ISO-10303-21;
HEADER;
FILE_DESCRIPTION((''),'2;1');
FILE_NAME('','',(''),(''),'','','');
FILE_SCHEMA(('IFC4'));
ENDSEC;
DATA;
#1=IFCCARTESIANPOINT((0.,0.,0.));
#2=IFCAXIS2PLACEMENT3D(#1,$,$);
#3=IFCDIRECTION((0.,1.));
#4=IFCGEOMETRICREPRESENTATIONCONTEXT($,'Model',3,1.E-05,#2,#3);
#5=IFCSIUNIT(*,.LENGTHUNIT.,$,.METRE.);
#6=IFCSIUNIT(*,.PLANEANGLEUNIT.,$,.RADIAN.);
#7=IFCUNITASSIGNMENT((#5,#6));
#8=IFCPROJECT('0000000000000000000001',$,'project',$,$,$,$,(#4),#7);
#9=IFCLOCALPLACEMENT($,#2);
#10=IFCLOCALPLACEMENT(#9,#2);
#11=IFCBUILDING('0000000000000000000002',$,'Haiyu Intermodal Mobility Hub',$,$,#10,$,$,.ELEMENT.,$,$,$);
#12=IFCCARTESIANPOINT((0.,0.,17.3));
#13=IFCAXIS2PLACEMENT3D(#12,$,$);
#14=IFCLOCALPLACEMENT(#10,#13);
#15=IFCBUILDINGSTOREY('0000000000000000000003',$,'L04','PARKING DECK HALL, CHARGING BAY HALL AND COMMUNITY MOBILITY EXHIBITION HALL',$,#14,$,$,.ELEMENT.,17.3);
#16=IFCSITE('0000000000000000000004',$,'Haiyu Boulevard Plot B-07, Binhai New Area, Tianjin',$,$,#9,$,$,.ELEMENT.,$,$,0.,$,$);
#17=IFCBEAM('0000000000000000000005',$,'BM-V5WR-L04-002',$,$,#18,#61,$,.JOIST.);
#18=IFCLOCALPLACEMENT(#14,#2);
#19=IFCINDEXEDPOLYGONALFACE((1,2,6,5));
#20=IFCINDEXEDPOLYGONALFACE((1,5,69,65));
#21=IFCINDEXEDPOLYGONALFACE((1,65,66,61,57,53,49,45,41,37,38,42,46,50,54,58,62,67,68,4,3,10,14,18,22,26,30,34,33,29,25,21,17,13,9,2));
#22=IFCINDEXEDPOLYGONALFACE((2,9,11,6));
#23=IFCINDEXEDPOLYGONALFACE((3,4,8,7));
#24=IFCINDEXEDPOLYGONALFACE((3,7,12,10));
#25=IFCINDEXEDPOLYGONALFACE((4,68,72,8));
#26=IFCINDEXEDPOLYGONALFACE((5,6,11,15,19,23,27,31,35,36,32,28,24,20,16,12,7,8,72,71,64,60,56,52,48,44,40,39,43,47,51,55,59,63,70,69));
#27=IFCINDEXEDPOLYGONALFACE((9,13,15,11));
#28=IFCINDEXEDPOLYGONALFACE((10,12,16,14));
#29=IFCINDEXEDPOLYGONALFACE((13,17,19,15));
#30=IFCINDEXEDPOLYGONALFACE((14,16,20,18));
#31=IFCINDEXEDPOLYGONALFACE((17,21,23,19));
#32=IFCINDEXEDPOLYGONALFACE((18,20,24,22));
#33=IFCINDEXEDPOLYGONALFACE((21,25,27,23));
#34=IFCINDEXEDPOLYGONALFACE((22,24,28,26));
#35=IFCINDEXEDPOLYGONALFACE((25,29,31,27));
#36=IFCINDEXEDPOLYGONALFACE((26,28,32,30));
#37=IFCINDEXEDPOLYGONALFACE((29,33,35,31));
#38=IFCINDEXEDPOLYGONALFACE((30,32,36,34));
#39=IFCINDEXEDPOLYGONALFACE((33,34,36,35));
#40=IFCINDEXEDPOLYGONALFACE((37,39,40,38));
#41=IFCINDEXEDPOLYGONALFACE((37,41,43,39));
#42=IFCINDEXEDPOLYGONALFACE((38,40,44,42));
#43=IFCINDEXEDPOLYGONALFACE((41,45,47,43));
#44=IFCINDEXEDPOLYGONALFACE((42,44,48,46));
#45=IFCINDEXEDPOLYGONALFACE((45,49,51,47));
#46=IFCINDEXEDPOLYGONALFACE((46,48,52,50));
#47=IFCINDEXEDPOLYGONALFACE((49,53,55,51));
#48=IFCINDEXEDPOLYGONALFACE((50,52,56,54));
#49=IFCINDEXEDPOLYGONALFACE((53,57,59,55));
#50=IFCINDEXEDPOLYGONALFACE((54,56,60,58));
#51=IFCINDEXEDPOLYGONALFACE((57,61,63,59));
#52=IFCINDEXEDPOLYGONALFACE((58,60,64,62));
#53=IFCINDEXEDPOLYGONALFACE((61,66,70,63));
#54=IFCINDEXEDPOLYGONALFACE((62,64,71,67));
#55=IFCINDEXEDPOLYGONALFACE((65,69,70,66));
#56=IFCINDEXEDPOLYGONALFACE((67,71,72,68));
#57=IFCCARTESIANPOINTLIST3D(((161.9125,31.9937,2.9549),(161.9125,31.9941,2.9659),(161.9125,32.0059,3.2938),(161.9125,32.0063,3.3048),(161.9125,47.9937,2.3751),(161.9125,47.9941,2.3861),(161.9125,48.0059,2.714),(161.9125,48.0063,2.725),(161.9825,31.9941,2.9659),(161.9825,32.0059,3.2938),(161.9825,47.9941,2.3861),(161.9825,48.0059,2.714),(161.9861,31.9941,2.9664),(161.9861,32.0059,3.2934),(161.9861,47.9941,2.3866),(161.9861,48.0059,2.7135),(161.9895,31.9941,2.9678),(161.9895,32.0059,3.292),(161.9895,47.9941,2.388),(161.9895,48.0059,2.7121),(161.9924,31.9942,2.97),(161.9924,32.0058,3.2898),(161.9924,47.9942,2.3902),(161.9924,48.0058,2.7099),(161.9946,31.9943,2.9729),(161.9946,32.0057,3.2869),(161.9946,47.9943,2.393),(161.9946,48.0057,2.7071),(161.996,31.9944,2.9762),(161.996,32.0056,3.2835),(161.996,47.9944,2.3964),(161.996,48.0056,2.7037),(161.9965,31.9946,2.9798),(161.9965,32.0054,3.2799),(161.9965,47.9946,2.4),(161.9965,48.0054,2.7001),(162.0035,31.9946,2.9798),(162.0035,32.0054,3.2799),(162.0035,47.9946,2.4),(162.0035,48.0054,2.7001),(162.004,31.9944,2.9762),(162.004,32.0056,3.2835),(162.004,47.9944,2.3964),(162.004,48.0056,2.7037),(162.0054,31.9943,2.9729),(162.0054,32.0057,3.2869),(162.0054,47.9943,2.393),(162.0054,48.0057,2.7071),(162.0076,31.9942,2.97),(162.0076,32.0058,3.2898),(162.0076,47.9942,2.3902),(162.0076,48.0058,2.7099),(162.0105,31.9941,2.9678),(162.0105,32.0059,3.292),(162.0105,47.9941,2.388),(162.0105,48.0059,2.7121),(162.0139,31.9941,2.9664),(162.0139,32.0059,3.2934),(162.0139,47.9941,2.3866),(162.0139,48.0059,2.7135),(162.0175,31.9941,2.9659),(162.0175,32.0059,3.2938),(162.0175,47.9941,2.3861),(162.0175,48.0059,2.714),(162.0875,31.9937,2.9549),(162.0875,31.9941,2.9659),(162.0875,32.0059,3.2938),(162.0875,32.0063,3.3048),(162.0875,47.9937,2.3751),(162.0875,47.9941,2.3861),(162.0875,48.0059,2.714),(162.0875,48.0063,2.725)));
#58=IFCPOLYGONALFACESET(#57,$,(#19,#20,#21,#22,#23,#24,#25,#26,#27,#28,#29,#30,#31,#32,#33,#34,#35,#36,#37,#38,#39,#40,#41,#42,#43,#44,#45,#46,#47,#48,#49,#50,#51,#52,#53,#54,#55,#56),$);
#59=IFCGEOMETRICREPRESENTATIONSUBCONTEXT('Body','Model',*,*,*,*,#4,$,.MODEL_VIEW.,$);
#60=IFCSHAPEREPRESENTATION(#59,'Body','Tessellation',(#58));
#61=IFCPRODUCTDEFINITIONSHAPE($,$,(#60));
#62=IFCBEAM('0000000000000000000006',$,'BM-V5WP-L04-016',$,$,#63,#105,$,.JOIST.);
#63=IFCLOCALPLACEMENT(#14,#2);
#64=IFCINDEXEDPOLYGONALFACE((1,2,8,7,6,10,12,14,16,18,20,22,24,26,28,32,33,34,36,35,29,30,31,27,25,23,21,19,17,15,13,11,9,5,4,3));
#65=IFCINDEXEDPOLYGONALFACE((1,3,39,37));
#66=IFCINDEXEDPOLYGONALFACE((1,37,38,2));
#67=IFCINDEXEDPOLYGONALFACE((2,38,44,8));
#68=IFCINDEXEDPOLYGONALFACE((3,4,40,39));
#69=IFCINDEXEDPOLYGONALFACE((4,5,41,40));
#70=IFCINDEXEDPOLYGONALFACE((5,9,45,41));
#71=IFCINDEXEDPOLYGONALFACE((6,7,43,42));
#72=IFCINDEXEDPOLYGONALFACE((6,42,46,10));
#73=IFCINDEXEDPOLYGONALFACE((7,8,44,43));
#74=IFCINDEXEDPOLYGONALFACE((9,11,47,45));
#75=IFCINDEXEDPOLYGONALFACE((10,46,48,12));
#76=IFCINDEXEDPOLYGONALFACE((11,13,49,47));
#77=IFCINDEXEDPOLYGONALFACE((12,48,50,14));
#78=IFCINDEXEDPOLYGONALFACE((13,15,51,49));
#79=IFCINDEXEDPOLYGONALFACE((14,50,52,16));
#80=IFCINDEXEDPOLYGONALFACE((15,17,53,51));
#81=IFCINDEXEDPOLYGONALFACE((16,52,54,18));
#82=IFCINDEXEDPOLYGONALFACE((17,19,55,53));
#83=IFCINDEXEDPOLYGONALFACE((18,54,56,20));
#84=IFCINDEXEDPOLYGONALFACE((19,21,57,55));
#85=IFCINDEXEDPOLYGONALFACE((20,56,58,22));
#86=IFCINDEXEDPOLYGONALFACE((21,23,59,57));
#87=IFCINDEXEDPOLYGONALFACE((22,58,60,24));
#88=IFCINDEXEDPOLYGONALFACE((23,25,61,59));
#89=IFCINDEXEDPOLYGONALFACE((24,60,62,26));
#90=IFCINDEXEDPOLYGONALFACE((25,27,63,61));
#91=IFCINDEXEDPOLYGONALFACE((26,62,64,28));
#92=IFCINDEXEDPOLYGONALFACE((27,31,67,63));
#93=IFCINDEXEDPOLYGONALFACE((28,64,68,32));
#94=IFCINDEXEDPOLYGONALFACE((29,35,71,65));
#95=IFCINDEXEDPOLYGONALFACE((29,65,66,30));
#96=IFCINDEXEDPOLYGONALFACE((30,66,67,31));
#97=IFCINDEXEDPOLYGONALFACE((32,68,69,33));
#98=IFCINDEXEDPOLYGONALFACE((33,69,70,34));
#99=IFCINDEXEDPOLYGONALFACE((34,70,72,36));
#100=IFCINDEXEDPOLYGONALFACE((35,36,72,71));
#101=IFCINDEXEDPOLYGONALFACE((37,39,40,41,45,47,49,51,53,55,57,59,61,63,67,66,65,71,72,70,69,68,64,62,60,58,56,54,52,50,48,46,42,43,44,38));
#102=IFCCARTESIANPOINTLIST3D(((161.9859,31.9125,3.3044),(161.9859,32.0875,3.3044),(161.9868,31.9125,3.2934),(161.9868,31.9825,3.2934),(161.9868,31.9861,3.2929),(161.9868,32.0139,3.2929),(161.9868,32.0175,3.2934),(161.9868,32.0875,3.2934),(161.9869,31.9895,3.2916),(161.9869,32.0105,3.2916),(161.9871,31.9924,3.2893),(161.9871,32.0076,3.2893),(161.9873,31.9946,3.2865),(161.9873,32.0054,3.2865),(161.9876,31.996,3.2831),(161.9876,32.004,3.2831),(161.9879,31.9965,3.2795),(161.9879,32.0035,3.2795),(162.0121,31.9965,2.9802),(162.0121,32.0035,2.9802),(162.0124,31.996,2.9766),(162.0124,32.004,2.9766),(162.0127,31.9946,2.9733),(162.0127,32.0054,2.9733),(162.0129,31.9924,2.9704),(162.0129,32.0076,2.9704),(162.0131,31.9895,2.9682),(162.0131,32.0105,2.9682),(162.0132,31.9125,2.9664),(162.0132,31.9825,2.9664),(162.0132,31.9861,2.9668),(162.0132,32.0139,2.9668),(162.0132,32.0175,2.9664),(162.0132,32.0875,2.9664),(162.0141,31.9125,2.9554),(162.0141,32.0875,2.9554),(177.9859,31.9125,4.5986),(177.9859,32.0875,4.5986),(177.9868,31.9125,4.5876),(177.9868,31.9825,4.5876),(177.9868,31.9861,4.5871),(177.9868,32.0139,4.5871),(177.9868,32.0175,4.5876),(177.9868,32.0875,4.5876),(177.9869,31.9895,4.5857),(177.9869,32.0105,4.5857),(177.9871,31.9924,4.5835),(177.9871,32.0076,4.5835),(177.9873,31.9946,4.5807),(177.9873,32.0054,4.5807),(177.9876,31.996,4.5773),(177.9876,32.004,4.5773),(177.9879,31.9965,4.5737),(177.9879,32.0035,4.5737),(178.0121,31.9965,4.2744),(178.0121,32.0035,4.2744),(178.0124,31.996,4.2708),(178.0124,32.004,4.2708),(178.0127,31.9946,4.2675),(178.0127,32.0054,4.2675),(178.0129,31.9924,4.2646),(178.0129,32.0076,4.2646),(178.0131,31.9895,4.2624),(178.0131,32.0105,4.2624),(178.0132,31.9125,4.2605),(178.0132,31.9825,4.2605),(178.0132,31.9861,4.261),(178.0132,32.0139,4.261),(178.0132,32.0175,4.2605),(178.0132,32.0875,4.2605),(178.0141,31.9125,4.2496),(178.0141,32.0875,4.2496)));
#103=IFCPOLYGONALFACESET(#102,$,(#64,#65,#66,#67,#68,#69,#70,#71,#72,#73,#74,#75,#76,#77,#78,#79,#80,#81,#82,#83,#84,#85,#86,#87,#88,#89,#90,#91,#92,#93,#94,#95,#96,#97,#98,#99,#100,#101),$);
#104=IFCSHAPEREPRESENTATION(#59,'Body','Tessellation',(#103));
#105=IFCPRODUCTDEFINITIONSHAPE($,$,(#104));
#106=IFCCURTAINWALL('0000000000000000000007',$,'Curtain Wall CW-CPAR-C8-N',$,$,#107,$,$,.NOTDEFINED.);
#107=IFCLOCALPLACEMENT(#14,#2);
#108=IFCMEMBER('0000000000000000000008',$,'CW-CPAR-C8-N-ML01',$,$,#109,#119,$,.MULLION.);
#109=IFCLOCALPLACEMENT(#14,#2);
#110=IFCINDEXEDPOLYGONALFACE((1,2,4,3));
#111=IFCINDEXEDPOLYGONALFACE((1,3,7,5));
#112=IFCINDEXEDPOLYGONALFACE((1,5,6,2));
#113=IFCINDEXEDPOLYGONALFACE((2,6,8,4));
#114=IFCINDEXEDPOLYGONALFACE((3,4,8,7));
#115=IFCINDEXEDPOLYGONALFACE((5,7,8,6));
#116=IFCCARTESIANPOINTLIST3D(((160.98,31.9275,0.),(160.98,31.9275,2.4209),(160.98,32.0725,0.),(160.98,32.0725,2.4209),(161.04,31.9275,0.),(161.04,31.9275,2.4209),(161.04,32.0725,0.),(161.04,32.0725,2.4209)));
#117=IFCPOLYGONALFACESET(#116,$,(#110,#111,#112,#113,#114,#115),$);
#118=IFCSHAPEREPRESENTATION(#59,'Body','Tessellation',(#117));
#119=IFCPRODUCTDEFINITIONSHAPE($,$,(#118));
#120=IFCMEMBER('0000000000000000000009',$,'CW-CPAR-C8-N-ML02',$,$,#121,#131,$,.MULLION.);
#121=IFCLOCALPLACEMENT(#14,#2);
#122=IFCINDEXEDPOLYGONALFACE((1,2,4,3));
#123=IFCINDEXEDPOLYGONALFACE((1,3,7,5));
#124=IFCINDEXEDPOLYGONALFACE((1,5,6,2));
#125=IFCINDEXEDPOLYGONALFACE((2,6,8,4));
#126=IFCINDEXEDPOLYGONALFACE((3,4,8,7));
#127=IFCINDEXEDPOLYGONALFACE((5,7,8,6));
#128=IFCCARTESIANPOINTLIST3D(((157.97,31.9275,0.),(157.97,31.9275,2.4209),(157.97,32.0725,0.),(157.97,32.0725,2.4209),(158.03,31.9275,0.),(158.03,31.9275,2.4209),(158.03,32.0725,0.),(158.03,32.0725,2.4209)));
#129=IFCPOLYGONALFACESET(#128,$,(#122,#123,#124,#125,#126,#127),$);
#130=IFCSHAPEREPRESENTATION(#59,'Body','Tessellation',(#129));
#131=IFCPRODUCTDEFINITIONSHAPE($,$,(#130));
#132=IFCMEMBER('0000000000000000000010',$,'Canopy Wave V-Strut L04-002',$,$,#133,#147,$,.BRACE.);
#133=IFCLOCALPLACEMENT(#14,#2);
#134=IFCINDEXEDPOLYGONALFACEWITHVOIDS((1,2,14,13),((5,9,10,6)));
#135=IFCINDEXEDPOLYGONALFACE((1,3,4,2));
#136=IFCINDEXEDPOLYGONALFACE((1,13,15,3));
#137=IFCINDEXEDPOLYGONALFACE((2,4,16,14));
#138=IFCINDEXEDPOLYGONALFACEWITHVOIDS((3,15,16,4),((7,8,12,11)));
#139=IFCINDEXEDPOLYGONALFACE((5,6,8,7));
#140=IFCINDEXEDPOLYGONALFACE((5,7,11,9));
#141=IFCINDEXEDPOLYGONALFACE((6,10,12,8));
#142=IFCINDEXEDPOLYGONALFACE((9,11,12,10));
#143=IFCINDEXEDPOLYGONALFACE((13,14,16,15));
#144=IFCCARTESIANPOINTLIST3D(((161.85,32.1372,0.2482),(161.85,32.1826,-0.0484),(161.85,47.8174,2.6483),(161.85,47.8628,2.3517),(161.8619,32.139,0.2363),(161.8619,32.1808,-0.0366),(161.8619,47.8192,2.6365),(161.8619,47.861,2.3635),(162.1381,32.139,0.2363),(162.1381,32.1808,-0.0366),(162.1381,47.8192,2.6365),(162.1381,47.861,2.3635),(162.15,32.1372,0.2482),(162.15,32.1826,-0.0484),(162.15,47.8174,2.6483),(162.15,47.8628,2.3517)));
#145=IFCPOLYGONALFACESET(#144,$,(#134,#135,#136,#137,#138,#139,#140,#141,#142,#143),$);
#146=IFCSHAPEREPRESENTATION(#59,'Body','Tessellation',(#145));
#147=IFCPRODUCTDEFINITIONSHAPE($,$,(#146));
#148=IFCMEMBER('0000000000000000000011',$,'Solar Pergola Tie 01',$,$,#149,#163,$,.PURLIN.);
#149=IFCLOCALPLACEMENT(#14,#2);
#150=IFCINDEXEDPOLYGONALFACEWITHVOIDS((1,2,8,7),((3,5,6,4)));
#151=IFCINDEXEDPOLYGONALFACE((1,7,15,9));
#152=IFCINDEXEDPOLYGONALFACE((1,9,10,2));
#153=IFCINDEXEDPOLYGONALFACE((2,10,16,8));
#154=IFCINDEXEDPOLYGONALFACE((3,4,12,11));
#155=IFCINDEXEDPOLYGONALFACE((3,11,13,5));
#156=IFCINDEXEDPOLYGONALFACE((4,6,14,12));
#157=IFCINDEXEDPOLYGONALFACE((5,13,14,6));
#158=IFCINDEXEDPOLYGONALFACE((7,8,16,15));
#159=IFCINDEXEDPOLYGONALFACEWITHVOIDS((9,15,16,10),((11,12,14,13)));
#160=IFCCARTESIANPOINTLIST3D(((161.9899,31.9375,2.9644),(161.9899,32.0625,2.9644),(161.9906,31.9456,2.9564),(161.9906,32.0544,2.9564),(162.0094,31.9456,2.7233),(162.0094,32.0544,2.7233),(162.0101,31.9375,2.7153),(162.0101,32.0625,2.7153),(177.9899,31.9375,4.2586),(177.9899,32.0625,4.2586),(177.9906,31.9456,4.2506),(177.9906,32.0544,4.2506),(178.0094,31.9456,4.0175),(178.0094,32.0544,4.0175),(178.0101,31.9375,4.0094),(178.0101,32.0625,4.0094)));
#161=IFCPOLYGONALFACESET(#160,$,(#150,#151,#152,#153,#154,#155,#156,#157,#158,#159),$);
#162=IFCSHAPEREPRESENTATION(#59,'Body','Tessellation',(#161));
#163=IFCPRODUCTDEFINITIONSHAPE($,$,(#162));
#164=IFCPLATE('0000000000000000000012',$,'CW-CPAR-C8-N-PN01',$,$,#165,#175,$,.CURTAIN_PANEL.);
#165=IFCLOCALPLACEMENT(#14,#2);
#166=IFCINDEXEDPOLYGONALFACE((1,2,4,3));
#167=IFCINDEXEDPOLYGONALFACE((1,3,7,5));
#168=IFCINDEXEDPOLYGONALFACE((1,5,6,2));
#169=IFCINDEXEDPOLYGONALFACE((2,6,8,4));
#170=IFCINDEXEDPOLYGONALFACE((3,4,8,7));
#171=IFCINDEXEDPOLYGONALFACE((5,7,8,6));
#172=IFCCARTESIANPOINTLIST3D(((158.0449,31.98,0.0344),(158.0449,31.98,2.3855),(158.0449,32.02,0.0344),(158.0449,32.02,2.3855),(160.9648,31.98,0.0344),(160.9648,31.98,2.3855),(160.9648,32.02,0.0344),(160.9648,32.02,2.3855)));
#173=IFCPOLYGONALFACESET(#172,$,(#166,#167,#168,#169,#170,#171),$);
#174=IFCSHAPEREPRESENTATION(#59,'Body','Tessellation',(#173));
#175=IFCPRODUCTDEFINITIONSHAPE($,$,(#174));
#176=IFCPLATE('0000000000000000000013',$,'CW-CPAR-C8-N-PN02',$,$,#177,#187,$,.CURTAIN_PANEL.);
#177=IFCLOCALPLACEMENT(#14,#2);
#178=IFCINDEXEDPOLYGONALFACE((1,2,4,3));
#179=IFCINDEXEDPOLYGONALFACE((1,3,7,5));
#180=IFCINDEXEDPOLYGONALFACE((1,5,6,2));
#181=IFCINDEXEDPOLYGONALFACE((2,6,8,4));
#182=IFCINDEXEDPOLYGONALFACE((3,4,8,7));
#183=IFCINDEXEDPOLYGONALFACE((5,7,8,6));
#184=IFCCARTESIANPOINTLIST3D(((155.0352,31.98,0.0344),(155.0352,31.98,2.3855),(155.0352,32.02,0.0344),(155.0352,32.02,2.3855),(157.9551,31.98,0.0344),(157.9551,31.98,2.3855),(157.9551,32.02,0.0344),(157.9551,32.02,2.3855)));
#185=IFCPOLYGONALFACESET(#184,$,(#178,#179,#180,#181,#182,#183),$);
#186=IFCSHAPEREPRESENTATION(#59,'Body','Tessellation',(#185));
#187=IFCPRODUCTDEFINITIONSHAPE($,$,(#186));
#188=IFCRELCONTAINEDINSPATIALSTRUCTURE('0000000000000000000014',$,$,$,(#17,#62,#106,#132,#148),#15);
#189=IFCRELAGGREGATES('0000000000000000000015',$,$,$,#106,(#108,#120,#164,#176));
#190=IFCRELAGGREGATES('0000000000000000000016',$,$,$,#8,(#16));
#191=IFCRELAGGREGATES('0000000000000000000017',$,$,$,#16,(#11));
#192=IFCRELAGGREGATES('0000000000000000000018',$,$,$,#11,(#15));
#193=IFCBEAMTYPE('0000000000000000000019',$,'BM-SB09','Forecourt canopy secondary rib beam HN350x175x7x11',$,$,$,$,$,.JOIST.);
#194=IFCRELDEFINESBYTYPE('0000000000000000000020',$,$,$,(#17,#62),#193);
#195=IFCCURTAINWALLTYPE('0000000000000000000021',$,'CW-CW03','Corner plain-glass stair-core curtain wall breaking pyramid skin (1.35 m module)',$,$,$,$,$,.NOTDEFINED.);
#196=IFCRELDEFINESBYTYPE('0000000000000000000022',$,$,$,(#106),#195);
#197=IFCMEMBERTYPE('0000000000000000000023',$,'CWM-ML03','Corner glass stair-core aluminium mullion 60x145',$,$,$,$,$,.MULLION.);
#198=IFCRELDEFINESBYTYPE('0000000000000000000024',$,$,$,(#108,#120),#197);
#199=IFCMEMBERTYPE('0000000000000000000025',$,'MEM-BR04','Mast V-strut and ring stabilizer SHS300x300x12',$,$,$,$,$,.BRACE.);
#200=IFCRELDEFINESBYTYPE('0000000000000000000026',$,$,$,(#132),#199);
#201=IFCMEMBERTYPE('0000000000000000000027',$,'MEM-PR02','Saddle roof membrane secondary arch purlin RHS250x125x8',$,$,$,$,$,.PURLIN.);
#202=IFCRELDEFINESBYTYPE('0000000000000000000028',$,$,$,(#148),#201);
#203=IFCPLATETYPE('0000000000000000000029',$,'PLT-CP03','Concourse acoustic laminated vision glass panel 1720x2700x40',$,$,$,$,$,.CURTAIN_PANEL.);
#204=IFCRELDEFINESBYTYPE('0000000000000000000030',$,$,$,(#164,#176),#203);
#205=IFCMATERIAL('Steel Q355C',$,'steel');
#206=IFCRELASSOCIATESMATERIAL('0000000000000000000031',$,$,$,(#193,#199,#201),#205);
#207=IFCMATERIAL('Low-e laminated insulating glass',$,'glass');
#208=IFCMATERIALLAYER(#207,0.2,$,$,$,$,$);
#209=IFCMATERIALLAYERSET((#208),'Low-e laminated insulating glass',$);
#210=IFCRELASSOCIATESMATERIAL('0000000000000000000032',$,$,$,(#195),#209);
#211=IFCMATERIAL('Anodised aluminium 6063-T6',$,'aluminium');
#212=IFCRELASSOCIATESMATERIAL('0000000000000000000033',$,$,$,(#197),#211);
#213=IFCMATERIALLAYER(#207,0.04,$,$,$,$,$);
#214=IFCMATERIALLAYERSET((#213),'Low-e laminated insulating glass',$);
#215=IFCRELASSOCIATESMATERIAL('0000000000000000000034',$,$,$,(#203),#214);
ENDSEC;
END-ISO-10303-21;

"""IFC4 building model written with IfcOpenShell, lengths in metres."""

from ifc_helpers import new_model, si_unit, direction, frame, origin, origin_2d, place, context, subcontext, project, spatial, rectangle, hollow_rectangle, i_section, extrude, material, layer, layer_set, material_profile, profile_set, type_object, element, aggregate, save


model = new_model("IFC4")

# Units and contexts
model_context = context("Model", 3, precision=1e-05, world=origin(), true_north=direction((0.0, 1.0)))
body_context = subcontext(model_context, "Body", "Model", "MODEL_VIEW")
ifc_project = project(units=[si_unit("LENGTHUNIT", "METRE"), si_unit("PLANEANGLEUNIT", "RADIAN")], contexts=[model_context])

# Site, building, storey
site_placement = place(None, origin())
site = spatial("IfcSite", under=ifc_project, at=site_placement, Name="Haiyu Boulevard Plot B-07, Binhai New Area, Tianjin", CompositionType="ELEMENT", RefElevation=0.0)
building_placement = place(site_placement, origin())
building = spatial("IfcBuilding", under=site, at=building_placement, Name="Haiyu Intermodal Mobility Hub", CompositionType="ELEMENT")
storey_placement = place(building_placement, frame((0.0, 0.0, 17.3)))
storey = spatial("IfcBuildingStorey", under=building, at=storey_placement, Name="L04", Description="PARKING DECK HALL, CHARGING BAY HALL AND COMMUNITY MOBILITY EXHIBITION HALL", CompositionType="ELEMENT", Elevation=17.3)

# Shared definitions
ifc_material_1 = material(Name="Steel Q355C", Category="steel")

# Beams
ifc_material_profile_1 = material_profile(ifc_material_1, i_section(OverallWidth=0.175, OverallDepth=0.3501, WebThickness=0.0071, FlangeThickness=0.011, FilletRadius=0.0139, at=origin_2d()), Name="HN350x175x7x11")
ifc_profile_set_1 = profile_set([ifc_material_profile_1], Name="Steel Q355C")
beam_type_1 = type_object("IfcBeamType", Name="BM-SB09", Description="Forecourt canopy secondary rib beam HN350x175x7x11", PredefinedType="JOIST", material=ifc_profile_set_1)
beam_1_placement = place(storey_placement, frame((162.0, 32.0, 3.1299), z_axis=(0.0, 0.999344, -0.036216), x_axis=(-1.0, 0.0, 0.0)))
element("IfcBeam", 1, at=beam_1_placement, inside=storey, type_object=beam_type_1, Name="BM-V5WR-L04-002", PredefinedType="JOIST", context=body_context, shape_type="SweptSolid", body=[
    extrude(i_section(OverallWidth=0.175, OverallDepth=0.3501, WebThickness=0.0071, FlangeThickness=0.011, FilletRadius=0.0139, at=origin_2d()), origin(), (0.0, 0.0, 1.0), 16.0105),
])
beam_2_placement = place(storey_placement, frame((162.0, 32.0, 3.1299), z_axis=(0.996745, 0.0, 0.080624), x_axis=(0.0, 1.0, 0.0)))
element("IfcBeam", 2, at=beam_2_placement, inside=storey, type_object=beam_type_1, Name="BM-V5WP-L04-016", PredefinedType="JOIST", context=body_context, shape_type="SweptSolid", body=[
    extrude(i_section(OverallWidth=0.175, OverallDepth=0.3501, WebThickness=0.0071, FlangeThickness=0.011, FilletRadius=0.0139, at=origin_2d()), origin(), (0.0, 0.0, 1.0), 16.0522),
])

# Curtain wall, members
ifc_material_2 = material(Name="Low-e laminated insulating glass", Category="glass")
ifc_layer_1 = layer(ifc_material_2, 0.2)
ifc_layer_set_1 = layer_set([ifc_layer_1], Name="Low-e laminated insulating glass")
curtain_wall_type = type_object("IfcCurtainWallType", Name="CW-CW03", Description="Corner plain-glass stair-core curtain wall breaking pyramid skin (1.35 m module)", PredefinedType="NOTDEFINED", material=ifc_layer_set_1)
curtain_wall_placement = place(storey_placement, origin())
curtain_wall = element("IfcCurtainWall", 3, at=curtain_wall_placement, inside=storey, type_object=curtain_wall_type, Name="Curtain Wall CW-CPAR-C8-N", PredefinedType="NOTDEFINED")
ifc_material_3 = material(Name="Anodised aluminium 6063-T6", Category="aluminium")
ifc_material_profile_2 = material_profile(ifc_material_3, rectangle(XDim=0.0601, YDim=0.145, at=origin_2d()), Name="ALU60x145")
ifc_profile_set_2 = profile_set([ifc_material_profile_2], Name="Anodised aluminium 6063-T6")
member_type_1 = type_object("IfcMemberType", Name="CWM-ML03", Description="Corner glass stair-core aluminium mullion 60x145", PredefinedType="MULLION", material=ifc_profile_set_2)
member_1_placement = place(storey_placement, frame((161.01, 32.0, 0.0), z_axis=(0.0, 0.0, 1.0), x_axis=(1.0, 0.0, 0.0)))
member_1 = element("IfcMember", 4, at=member_1_placement, type_object=member_type_1, Name="CW-CPAR-C8-N-ML01", PredefinedType="MULLION", context=body_context, shape_type="SweptSolid", body=[
    extrude(rectangle(XDim=0.0601, YDim=0.145, at=origin_2d()), origin(), (0.0, 0.0, 1.0), 2.4209),
])
member_2_placement = place(storey_placement, frame((158.0, 32.0, 0.0), z_axis=(0.0, 0.0, 1.0), x_axis=(1.0, 0.0, 0.0)))
member_2 = element("IfcMember", 5, at=member_2_placement, type_object=member_type_1, Name="CW-CPAR-C8-N-ML02", PredefinedType="MULLION", context=body_context, shape_type="SweptSolid", body=[
    extrude(rectangle(XDim=0.0601, YDim=0.145, at=origin_2d()), origin(), (0.0, 0.0, 1.0), 2.4209),
])

# Members
ifc_material_profile_3 = material_profile(ifc_material_1, hollow_rectangle(XDim=0.3, YDim=0.3, WallThickness=0.012, at=origin_2d()), Name="SHS300x300x12")
ifc_profile_set_3 = profile_set([ifc_material_profile_3], Name="Steel Q355C")
member_type_2 = type_object("IfcMemberType", Name="MEM-BR04", Description="Mast V-strut and ring stabilizer SHS300x300x12", PredefinedType="BRACE", material=ifc_profile_set_3)
member_3_placement = place(storey_placement, frame((162.0, 32.1599, 0.0999), z_axis=(0.0, 0.988487, 0.151307), x_axis=(-1.0, 0.0, 0.0)))
element("IfcMember", 6, at=member_3_placement, inside=storey, type_object=member_type_2, Name="Canopy Wave V-Strut L04-002", PredefinedType="BRACE", context=body_context, shape_type="SweptSolid", body=[
    extrude(hollow_rectangle(XDim=0.3, YDim=0.3, WallThickness=0.012, at=origin_2d()), origin(), (0.0, 0.0, 1.0), 15.8628),
])
ifc_material_profile_4 = material_profile(ifc_material_1, hollow_rectangle(XDim=0.125, YDim=0.25, WallThickness=0.0081, at=origin_2d()), Name="RHS250x125x8")
ifc_profile_set_4 = profile_set([ifc_material_profile_4], Name="Steel Q355C")
member_type_3 = type_object("IfcMemberType", Name="MEM-PR02", Description="Saddle roof membrane secondary arch purlin RHS250x125x8", PredefinedType="PURLIN", material=ifc_profile_set_4)
member_4_placement = place(storey_placement, frame((162.0, 32.0, 2.8398), z_axis=(0.996745, 0.0, 0.080624), x_axis=(0.0, 1.0, 0.0)))
element("IfcMember", 7, at=member_4_placement, inside=storey, type_object=member_type_3, Name="Solar Pergola Tie 01", PredefinedType="PURLIN", context=body_context, shape_type="SweptSolid", body=[
    extrude(hollow_rectangle(XDim=0.125, YDim=0.25, WallThickness=0.0081, at=origin_2d()), origin(), (0.0, 0.0, 1.0), 16.0522),
])

# Plates
ifc_layer_2 = layer(ifc_material_2, 0.04)
ifc_layer_set_2 = layer_set([ifc_layer_2], Name="Low-e laminated insulating glass")
plate_type = type_object("IfcPlateType", Name="PLT-CP03", Description="Concourse acoustic laminated vision glass panel 1720x2700x40", PredefinedType="CURTAIN_PANEL", material=ifc_layer_set_2)
plate_1_placement = place(storey_placement, frame((159.5049, 32.0, 0.0344), z_axis=(0.0, 0.0, 1.0), x_axis=(-1.0, 0.0, 0.0)))
plate_1 = element("IfcPlate", 8, at=plate_1_placement, type_object=plate_type, Name="CW-CPAR-C8-N-PN01", PredefinedType="CURTAIN_PANEL", context=body_context, shape_type="SweptSolid", body=[
    extrude(rectangle(XDim=2.9199, YDim=0.04, at=origin_2d()), origin(), (0.0, 0.0, 1.0), 2.3511),
])
plate_2_placement = place(storey_placement, frame((156.4951, 32.0, 0.0344), z_axis=(0.0, 0.0, 1.0), x_axis=(-1.0, 0.0, 0.0)))
plate_2 = element("IfcPlate", 9, at=plate_2_placement, type_object=plate_type, Name="CW-CPAR-C8-N-PN02", PredefinedType="CURTAIN_PANEL", context=body_context, shape_type="SweptSolid", body=[
    extrude(rectangle(XDim=2.9199, YDim=0.04, at=origin_2d()), origin(), (0.0, 0.0, 1.0), 2.3511),
])
aggregate(curtain_wall, [member_1, member_2, plate_1, plate_2])

save(model, "model.ifc")
